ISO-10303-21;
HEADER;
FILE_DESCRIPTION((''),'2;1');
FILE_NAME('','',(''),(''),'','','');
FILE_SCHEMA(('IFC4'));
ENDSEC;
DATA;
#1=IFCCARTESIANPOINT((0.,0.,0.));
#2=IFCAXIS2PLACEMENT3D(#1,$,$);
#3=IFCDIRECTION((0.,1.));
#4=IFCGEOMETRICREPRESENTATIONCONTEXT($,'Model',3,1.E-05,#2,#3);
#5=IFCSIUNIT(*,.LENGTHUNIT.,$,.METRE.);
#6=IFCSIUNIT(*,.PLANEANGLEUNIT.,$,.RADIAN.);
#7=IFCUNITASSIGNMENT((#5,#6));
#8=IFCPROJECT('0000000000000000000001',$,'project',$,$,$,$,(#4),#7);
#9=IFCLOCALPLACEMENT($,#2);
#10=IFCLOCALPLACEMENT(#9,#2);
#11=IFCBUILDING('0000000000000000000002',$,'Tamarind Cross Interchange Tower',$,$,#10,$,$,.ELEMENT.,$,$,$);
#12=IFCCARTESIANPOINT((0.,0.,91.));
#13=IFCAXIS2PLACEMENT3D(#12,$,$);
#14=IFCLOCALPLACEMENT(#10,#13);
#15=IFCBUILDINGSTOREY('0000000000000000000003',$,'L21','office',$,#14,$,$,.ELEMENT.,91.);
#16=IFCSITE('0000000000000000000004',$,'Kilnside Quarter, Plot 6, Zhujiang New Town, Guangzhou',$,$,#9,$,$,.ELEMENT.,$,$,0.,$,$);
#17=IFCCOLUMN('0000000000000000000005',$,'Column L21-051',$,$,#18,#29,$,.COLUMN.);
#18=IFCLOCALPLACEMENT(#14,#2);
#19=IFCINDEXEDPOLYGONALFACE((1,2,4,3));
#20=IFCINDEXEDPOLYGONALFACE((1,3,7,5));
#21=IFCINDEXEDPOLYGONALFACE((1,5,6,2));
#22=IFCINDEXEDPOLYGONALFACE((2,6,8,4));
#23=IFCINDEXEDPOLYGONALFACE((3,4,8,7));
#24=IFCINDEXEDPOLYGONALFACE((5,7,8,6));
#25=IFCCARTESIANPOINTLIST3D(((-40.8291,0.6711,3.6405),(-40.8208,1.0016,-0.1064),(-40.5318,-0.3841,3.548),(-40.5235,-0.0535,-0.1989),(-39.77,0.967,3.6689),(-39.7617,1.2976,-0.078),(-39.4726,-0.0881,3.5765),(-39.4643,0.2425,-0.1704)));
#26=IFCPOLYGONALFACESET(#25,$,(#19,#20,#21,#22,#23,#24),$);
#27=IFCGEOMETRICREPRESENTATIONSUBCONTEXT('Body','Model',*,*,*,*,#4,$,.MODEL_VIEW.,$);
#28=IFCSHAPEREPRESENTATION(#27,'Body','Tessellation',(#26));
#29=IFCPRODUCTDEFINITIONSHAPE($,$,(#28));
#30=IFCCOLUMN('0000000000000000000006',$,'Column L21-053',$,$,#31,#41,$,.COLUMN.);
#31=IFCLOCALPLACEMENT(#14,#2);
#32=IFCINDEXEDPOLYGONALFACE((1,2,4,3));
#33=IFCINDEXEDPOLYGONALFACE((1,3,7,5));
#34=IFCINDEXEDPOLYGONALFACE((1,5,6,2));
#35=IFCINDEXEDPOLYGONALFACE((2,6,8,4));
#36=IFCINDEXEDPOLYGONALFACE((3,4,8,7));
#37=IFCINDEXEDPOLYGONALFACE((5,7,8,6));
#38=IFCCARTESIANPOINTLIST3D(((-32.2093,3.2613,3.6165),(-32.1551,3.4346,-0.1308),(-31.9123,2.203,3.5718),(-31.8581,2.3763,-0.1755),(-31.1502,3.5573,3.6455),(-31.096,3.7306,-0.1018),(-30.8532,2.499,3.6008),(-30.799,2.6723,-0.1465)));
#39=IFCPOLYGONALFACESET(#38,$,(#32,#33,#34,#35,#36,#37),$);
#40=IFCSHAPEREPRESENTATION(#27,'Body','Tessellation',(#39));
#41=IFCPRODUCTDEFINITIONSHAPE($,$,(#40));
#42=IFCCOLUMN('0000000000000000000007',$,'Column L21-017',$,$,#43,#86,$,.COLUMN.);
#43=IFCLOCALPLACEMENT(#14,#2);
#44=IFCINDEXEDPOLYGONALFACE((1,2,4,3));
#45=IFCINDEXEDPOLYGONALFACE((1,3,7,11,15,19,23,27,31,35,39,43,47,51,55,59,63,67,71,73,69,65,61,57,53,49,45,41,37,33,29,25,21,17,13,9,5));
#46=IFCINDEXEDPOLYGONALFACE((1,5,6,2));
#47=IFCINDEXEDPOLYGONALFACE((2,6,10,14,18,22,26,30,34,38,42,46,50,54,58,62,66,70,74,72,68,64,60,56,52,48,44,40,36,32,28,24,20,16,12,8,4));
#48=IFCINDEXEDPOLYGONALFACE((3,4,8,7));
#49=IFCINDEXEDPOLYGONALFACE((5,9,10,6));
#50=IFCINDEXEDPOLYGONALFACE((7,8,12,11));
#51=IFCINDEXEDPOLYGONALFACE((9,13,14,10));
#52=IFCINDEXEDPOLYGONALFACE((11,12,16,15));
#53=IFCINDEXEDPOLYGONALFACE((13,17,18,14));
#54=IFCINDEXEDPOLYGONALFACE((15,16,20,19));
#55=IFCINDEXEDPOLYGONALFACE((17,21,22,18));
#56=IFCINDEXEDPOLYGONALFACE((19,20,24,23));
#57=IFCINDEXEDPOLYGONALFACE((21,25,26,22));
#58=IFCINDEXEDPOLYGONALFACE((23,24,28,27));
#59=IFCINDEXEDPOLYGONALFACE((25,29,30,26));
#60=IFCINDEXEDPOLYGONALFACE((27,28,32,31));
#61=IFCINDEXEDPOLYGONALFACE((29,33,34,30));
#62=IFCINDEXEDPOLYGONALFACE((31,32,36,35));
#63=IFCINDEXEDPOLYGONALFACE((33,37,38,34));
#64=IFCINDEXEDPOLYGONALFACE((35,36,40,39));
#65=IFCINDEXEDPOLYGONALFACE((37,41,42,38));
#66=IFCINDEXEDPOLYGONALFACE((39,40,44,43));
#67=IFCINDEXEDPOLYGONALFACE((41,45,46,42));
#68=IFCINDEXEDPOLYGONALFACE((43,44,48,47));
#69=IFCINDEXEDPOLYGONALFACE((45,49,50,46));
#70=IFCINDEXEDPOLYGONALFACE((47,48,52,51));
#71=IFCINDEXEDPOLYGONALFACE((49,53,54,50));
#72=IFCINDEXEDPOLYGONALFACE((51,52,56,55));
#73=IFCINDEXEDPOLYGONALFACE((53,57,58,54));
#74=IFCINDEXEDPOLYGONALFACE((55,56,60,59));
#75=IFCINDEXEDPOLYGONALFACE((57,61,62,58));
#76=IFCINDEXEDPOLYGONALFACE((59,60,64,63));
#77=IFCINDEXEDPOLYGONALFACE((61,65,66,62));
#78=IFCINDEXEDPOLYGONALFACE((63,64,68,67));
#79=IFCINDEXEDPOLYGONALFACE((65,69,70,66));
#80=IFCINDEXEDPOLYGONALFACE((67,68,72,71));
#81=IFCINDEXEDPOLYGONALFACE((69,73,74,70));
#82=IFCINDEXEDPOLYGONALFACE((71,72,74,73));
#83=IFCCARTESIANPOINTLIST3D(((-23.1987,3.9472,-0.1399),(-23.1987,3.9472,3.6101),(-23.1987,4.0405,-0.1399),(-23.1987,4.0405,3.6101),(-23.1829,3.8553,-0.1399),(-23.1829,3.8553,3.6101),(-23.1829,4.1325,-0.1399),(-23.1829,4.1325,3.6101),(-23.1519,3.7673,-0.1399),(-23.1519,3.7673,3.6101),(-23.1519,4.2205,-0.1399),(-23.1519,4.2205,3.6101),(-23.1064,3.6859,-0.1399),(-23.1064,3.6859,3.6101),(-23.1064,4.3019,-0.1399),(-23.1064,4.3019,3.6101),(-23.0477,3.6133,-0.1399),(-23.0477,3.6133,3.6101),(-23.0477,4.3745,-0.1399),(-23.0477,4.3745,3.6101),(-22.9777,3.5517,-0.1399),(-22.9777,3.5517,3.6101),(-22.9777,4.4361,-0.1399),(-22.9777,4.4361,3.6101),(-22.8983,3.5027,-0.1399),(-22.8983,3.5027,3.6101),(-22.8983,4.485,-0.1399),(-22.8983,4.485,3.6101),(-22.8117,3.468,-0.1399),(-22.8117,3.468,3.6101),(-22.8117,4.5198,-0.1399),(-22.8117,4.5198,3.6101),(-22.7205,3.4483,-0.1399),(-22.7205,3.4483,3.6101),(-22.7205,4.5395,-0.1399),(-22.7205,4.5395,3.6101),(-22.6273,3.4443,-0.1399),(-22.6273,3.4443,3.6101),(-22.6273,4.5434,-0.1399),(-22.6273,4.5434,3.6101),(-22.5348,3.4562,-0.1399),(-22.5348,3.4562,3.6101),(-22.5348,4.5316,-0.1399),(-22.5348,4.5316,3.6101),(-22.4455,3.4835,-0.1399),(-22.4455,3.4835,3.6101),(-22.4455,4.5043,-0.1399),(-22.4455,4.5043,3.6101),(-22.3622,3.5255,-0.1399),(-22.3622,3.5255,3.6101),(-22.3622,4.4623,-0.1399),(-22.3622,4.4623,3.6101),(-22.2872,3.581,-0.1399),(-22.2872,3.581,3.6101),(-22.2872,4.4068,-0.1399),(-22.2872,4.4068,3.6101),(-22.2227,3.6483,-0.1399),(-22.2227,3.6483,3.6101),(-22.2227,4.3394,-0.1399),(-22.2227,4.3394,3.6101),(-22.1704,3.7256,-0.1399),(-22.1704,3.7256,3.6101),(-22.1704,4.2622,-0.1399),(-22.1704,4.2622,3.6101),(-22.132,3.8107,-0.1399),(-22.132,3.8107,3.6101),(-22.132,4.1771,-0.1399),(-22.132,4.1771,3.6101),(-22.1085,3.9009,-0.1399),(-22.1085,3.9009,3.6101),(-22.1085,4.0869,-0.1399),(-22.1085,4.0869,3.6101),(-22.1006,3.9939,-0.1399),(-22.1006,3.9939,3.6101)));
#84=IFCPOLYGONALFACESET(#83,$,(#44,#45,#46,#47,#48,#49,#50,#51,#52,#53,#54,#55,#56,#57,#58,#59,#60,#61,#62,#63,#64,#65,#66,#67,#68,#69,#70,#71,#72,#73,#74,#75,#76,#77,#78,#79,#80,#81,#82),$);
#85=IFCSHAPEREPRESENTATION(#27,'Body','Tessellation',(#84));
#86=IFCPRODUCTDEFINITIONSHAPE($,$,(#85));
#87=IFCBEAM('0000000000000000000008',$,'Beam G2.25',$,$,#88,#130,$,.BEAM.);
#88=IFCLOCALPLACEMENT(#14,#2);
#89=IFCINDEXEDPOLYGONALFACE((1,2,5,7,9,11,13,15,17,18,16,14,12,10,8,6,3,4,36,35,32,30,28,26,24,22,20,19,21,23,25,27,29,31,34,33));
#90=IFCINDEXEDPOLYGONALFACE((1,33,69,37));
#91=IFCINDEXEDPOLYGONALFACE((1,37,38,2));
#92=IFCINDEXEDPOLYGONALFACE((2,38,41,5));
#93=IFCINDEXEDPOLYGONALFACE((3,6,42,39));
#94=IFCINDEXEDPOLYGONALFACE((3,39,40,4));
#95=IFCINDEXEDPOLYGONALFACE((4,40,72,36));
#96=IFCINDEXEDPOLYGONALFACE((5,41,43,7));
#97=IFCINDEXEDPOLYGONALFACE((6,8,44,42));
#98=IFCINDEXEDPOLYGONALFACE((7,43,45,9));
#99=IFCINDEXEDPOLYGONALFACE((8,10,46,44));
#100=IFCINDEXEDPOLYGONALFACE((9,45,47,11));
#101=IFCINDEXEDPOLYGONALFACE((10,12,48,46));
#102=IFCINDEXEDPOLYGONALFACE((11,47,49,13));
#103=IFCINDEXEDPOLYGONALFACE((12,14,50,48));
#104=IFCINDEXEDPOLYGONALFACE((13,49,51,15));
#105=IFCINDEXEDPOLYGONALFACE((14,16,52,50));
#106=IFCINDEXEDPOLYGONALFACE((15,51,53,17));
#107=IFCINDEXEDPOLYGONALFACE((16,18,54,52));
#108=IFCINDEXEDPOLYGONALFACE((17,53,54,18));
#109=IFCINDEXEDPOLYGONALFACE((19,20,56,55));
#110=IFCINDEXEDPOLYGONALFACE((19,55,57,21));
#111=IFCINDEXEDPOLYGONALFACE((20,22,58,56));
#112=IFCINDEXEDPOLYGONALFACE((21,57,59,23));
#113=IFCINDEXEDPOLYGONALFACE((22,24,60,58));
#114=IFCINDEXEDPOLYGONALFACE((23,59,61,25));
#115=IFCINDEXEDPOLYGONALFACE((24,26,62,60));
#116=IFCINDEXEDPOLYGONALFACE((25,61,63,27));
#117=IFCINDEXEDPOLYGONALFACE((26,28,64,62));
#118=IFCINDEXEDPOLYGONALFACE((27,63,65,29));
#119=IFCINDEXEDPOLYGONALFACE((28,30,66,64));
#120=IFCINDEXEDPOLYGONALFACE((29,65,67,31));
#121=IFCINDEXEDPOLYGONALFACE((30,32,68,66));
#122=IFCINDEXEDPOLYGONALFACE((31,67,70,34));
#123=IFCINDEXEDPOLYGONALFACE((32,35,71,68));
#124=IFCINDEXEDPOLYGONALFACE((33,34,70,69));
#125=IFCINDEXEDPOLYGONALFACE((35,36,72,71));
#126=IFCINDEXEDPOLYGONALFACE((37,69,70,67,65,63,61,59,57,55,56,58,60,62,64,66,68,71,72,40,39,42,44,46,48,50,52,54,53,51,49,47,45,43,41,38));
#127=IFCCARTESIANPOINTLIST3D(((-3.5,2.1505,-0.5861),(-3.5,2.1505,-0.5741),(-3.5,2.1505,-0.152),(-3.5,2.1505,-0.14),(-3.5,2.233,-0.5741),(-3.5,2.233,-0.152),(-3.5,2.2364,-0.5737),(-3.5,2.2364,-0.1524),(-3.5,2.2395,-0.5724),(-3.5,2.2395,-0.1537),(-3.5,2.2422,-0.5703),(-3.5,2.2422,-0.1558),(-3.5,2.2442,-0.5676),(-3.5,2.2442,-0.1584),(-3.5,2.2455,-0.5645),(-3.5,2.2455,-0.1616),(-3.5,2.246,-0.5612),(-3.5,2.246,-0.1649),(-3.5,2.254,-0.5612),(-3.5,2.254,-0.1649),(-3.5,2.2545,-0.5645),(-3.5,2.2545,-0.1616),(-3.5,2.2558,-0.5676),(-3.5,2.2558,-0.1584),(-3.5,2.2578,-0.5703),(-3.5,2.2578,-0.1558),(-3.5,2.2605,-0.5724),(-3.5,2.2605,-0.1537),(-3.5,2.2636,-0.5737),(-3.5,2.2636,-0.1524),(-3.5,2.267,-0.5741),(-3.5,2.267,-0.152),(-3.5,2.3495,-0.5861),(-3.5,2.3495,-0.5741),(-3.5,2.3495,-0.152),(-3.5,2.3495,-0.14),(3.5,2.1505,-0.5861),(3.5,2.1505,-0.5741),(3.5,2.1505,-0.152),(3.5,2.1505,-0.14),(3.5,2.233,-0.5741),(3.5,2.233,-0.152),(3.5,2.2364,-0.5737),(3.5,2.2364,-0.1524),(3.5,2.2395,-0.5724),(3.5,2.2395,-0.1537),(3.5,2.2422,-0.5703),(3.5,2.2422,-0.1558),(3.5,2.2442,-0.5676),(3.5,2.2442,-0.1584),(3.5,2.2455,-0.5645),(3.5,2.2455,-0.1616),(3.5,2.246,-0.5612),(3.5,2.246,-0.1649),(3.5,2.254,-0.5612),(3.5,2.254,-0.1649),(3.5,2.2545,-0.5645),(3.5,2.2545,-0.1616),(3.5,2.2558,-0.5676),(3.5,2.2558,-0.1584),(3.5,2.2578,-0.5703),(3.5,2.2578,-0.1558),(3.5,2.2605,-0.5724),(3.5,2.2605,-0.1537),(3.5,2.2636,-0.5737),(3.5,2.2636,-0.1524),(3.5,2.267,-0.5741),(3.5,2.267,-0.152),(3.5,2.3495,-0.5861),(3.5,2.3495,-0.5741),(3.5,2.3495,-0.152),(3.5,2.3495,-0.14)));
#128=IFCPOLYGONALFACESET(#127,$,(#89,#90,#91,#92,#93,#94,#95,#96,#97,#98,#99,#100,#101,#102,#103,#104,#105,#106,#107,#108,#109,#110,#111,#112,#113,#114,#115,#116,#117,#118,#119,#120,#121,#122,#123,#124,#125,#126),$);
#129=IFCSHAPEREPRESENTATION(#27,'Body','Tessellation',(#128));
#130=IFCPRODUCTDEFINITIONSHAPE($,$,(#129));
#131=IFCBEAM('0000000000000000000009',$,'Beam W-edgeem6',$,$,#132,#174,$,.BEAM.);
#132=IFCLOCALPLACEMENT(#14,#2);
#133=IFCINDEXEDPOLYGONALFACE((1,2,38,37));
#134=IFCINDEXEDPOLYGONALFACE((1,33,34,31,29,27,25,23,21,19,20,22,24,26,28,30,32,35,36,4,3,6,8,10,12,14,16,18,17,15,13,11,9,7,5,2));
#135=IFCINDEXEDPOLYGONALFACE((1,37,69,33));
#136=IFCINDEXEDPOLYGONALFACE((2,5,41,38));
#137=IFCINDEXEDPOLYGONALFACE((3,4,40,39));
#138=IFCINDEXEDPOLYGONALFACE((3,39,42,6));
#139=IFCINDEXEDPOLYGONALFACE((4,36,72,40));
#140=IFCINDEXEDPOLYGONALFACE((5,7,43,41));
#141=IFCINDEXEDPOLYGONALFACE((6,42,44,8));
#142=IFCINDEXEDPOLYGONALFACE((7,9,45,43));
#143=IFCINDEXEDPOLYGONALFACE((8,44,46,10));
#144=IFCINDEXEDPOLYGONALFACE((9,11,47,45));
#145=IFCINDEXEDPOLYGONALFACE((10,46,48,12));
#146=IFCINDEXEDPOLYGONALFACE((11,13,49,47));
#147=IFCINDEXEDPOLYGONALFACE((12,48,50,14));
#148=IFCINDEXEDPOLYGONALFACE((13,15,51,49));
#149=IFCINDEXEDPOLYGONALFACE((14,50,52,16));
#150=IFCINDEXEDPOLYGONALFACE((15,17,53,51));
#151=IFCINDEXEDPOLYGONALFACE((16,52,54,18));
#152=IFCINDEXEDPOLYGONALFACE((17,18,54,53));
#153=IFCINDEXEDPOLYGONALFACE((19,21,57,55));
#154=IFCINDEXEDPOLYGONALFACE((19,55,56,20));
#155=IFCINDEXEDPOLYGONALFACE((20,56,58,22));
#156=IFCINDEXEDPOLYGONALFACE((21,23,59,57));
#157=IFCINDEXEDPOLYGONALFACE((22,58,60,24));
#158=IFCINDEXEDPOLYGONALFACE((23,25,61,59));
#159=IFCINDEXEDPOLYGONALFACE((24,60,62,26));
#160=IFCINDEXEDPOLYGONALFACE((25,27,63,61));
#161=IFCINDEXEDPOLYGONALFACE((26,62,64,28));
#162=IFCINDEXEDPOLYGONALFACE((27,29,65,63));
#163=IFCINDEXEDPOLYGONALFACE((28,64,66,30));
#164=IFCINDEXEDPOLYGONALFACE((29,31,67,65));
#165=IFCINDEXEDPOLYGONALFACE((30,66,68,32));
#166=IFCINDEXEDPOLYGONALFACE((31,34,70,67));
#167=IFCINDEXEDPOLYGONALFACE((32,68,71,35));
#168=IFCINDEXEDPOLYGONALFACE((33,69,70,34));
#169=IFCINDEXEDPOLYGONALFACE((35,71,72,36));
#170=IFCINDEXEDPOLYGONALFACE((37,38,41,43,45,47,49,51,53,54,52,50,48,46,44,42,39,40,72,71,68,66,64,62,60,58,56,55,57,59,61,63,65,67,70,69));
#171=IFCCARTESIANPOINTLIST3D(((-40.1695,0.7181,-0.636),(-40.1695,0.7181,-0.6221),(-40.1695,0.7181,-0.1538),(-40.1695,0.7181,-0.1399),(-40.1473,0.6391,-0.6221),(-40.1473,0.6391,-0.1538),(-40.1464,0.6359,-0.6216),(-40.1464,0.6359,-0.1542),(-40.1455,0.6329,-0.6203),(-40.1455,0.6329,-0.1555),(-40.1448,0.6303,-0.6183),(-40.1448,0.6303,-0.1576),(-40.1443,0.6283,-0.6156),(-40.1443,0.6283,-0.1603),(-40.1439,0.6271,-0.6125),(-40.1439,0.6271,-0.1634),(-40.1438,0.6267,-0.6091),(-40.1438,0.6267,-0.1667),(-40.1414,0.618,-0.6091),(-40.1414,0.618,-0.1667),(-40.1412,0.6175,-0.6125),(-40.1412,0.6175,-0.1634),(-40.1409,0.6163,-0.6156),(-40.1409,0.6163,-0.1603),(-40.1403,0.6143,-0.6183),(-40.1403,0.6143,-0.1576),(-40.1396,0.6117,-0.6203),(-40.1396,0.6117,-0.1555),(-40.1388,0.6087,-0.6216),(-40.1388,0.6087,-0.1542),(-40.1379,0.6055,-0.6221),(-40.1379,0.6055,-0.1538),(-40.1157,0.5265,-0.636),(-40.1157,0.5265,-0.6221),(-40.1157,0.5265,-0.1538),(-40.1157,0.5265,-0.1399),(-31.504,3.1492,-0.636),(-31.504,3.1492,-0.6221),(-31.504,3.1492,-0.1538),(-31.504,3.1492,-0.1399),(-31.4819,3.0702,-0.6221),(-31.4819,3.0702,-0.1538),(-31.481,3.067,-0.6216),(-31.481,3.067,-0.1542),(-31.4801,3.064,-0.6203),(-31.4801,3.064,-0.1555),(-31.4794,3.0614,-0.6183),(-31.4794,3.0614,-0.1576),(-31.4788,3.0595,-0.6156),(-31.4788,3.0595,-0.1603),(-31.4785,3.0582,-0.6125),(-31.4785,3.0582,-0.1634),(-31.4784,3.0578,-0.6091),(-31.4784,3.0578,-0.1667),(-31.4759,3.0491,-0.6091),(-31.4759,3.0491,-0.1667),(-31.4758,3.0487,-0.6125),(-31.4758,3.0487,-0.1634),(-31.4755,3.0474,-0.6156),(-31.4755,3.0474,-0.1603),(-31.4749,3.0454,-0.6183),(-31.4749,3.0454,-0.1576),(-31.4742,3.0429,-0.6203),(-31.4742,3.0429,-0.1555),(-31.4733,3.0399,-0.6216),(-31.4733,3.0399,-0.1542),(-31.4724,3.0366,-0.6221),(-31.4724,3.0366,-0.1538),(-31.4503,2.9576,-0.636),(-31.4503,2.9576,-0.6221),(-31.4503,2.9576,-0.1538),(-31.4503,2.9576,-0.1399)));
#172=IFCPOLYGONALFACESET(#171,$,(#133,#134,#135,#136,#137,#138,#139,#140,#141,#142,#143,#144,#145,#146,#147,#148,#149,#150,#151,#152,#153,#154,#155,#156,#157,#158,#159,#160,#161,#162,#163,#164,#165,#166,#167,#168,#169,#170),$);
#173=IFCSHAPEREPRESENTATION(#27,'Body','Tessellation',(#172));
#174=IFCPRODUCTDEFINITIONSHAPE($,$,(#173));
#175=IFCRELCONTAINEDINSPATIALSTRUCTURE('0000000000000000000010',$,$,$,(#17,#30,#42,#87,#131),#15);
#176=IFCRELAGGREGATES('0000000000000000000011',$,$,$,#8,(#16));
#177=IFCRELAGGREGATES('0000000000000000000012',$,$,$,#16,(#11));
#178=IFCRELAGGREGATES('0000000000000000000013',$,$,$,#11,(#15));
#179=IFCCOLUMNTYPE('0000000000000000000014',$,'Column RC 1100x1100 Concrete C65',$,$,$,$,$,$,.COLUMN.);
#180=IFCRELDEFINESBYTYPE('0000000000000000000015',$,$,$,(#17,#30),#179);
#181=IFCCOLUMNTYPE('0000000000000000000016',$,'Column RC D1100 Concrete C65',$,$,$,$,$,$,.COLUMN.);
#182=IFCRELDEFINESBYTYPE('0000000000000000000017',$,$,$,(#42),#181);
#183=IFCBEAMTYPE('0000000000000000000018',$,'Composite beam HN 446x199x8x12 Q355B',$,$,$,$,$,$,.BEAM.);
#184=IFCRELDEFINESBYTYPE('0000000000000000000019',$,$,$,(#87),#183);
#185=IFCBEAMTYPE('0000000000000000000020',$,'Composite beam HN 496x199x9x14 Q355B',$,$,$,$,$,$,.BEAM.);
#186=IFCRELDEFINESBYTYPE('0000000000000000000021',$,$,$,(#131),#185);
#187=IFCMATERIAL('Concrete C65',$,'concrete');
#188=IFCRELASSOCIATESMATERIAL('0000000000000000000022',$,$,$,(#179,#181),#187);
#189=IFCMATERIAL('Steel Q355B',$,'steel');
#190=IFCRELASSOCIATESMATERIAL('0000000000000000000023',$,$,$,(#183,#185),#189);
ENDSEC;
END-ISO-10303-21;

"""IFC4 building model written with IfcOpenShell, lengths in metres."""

from ifc_helpers import new_model, si_unit, direction, frame, origin, origin_2d, place, context, subcontext, project, spatial, rectangle, circle, i_section, extrude, material, material_profile, profile_set, type_object, element, save


model = new_model("IFC4")

# Units and contexts
model_context = context("Model", 3, precision=1e-05, world=origin(), true_north=direction((0.0, 1.0)))
body_context = subcontext(model_context, "Body", "Model", "MODEL_VIEW")
ifc_project = project(units=[si_unit("LENGTHUNIT", "METRE"), si_unit("PLANEANGLEUNIT", "RADIAN")], contexts=[model_context])

# Site, building, storey
site_placement = place(None, origin())
site = spatial("IfcSite", under=ifc_project, at=site_placement, Name="Kilnside Quarter, Plot 6, Zhujiang New Town, Guangzhou", CompositionType="ELEMENT", RefElevation=0.0)
building_placement = place(site_placement, origin())
building = spatial("IfcBuilding", under=site, at=building_placement, Name="Tamarind Cross Interchange Tower", CompositionType="ELEMENT")
storey_placement = place(building_placement, frame((0.0, 0.0, 91.0)))
storey = spatial("IfcBuildingStorey", under=building, at=storey_placement, Name="L21", Description="office", CompositionType="ELEMENT", Elevation=91.0)

# Columns
ifc_material_1 = material(Name="Concrete C65", Category="concrete")
ifc_material_profile_1 = material_profile(ifc_material_1, rectangle(XDim=1.1001, YDim=1.1001, at=origin_2d()), Name="RC 1100x1100")
ifc_profile_set_1 = profile_set([ifc_material_profile_1], Name="Concrete C65")
column_type_1 = type_object("IfcColumnType", Name="Column RC 1100x1100 Concrete C65", PredefinedType="COLUMN", material=ifc_profile_set_1)
column_1_placement = place(storey_placement, frame((-40.1426, 0.6221, -0.1384), z_axis=(-0.002207, -0.087884, 0.996128), x_axis=(0.962778, 0.269052, 0.02587)))
element("IfcColumn", 1, at=column_1_placement, inside=storey, type_object=column_type_1, Name="Column L21-051", PredefinedType="COLUMN", context=body_context, shape_type="SweptSolid", body=[
    extrude(rectangle(XDim=1.1001, YDim=1.1001, at=origin_2d()), origin(), (0.0, 0.0, 1.0), 3.7615),
])
column_2_placement = place(storey_placement, frame((-31.4771, 3.0535, -0.1387), z_axis=(-0.014447, -0.046203, 0.998828), x_axis=(0.962761, 0.269064, 0.026371)))
element("IfcColumn", 2, at=column_2_placement, inside=storey, type_object=column_type_1, Name="Column L21-053", PredefinedType="COLUMN", context=body_context, shape_type="SweptSolid", body=[
    extrude(rectangle(XDim=1.1001, YDim=1.1001, at=origin_2d()), origin(), (0.0, 0.0, 1.0), 3.7517),
])
ifc_material_profile_2 = material_profile(ifc_material_1, circle(Radius=0.55, at=origin_2d()), Name="RC D1100")
ifc_profile_set_2 = profile_set([ifc_material_profile_2], Name="Concrete C65")
column_type_2 = type_object("IfcColumnType", Name="Column RC D1100 Concrete C65", PredefinedType="COLUMN", material=ifc_profile_set_2)
column_3_placement = place(storey_placement, frame((-22.6506, 3.9939, -0.1399), z_axis=(0.0, 0.0, 1.0), x_axis=(1.0, 0.0, 0.0)))
element("IfcColumn", 3, at=column_3_placement, inside=storey, type_object=column_type_2, Name="Column L21-017", PredefinedType="COLUMN", context=body_context, shape_type="SweptSolid", body=[
    extrude(circle(Radius=0.55, at=origin_2d()), origin(), (0.0, 0.0, 1.0), 3.75),
])

# Beams
ifc_material_2 = material(Name="Steel Q355B", Category="steel")
ifc_material_profile_3 = material_profile(ifc_material_2, i_section(OverallWidth=0.199, OverallDepth=0.446, WebThickness=0.0081, FlangeThickness=0.012, FilletRadius=0.0129, at=origin_2d()), Name="HN 446x199x8x12")
ifc_profile_set_3 = profile_set([ifc_material_profile_3], Name="Steel Q355B")
beam_type_1 = type_object("IfcBeamType", Name="Composite beam HN 446x199x8x12 Q355B", PredefinedType="BEAM", material=ifc_profile_set_3)
beam_1_placement = place(storey_placement, frame((-3.5, 2.25, -0.363), z_axis=(1.0, 0.0, 0.0), x_axis=(0.0, 1.0, 0.0)))
element("IfcBeam", 4, at=beam_1_placement, inside=storey, type_object=beam_type_1, Name="Beam G2.25", PredefinedType="BEAM", context=body_context, shape_type="SweptSolid", body=[
    extrude(i_section(OverallWidth=0.199, OverallDepth=0.446, WebThickness=0.0081, FlangeThickness=0.012, FilletRadius=0.0129, at=origin_2d()), origin(), (0.0, 0.0, 1.0), 7.0),
])
ifc_material_profile_4 = material_profile(ifc_material_2, i_section(OverallWidth=0.199, OverallDepth=0.4961, WebThickness=0.009, FlangeThickness=0.0139, FilletRadius=0.0129, at=origin_2d()), Name="HN 496x199x9x14")
ifc_profile_set_4 = profile_set([ifc_material_profile_4], Name="Steel Q355B")
beam_type_2 = type_object("IfcBeamType", Name="Composite beam HN 496x199x9x14 Q355B", PredefinedType="BEAM", material=ifc_profile_set_4)
beam_2_placement = place(storey_placement, frame((-40.1426, 0.6223, -0.3879), z_axis=(0.962825, 0.270125, 0.0), x_axis=(-0.270125, 0.962825, 0.0)))
element("IfcBeam", 5, at=beam_2_placement, inside=storey, type_object=beam_type_2, Name="Beam W-edgeem6", PredefinedType="BEAM", context=body_context, shape_type="SweptSolid", body=[
    extrude(i_section(OverallWidth=0.199, OverallDepth=0.4961, WebThickness=0.009, FlangeThickness=0.0139, FilletRadius=0.0129, at=origin_2d()), origin(), (0.0, 0.0, 1.0), 9.0),
])

save(model, "model.ifc")
